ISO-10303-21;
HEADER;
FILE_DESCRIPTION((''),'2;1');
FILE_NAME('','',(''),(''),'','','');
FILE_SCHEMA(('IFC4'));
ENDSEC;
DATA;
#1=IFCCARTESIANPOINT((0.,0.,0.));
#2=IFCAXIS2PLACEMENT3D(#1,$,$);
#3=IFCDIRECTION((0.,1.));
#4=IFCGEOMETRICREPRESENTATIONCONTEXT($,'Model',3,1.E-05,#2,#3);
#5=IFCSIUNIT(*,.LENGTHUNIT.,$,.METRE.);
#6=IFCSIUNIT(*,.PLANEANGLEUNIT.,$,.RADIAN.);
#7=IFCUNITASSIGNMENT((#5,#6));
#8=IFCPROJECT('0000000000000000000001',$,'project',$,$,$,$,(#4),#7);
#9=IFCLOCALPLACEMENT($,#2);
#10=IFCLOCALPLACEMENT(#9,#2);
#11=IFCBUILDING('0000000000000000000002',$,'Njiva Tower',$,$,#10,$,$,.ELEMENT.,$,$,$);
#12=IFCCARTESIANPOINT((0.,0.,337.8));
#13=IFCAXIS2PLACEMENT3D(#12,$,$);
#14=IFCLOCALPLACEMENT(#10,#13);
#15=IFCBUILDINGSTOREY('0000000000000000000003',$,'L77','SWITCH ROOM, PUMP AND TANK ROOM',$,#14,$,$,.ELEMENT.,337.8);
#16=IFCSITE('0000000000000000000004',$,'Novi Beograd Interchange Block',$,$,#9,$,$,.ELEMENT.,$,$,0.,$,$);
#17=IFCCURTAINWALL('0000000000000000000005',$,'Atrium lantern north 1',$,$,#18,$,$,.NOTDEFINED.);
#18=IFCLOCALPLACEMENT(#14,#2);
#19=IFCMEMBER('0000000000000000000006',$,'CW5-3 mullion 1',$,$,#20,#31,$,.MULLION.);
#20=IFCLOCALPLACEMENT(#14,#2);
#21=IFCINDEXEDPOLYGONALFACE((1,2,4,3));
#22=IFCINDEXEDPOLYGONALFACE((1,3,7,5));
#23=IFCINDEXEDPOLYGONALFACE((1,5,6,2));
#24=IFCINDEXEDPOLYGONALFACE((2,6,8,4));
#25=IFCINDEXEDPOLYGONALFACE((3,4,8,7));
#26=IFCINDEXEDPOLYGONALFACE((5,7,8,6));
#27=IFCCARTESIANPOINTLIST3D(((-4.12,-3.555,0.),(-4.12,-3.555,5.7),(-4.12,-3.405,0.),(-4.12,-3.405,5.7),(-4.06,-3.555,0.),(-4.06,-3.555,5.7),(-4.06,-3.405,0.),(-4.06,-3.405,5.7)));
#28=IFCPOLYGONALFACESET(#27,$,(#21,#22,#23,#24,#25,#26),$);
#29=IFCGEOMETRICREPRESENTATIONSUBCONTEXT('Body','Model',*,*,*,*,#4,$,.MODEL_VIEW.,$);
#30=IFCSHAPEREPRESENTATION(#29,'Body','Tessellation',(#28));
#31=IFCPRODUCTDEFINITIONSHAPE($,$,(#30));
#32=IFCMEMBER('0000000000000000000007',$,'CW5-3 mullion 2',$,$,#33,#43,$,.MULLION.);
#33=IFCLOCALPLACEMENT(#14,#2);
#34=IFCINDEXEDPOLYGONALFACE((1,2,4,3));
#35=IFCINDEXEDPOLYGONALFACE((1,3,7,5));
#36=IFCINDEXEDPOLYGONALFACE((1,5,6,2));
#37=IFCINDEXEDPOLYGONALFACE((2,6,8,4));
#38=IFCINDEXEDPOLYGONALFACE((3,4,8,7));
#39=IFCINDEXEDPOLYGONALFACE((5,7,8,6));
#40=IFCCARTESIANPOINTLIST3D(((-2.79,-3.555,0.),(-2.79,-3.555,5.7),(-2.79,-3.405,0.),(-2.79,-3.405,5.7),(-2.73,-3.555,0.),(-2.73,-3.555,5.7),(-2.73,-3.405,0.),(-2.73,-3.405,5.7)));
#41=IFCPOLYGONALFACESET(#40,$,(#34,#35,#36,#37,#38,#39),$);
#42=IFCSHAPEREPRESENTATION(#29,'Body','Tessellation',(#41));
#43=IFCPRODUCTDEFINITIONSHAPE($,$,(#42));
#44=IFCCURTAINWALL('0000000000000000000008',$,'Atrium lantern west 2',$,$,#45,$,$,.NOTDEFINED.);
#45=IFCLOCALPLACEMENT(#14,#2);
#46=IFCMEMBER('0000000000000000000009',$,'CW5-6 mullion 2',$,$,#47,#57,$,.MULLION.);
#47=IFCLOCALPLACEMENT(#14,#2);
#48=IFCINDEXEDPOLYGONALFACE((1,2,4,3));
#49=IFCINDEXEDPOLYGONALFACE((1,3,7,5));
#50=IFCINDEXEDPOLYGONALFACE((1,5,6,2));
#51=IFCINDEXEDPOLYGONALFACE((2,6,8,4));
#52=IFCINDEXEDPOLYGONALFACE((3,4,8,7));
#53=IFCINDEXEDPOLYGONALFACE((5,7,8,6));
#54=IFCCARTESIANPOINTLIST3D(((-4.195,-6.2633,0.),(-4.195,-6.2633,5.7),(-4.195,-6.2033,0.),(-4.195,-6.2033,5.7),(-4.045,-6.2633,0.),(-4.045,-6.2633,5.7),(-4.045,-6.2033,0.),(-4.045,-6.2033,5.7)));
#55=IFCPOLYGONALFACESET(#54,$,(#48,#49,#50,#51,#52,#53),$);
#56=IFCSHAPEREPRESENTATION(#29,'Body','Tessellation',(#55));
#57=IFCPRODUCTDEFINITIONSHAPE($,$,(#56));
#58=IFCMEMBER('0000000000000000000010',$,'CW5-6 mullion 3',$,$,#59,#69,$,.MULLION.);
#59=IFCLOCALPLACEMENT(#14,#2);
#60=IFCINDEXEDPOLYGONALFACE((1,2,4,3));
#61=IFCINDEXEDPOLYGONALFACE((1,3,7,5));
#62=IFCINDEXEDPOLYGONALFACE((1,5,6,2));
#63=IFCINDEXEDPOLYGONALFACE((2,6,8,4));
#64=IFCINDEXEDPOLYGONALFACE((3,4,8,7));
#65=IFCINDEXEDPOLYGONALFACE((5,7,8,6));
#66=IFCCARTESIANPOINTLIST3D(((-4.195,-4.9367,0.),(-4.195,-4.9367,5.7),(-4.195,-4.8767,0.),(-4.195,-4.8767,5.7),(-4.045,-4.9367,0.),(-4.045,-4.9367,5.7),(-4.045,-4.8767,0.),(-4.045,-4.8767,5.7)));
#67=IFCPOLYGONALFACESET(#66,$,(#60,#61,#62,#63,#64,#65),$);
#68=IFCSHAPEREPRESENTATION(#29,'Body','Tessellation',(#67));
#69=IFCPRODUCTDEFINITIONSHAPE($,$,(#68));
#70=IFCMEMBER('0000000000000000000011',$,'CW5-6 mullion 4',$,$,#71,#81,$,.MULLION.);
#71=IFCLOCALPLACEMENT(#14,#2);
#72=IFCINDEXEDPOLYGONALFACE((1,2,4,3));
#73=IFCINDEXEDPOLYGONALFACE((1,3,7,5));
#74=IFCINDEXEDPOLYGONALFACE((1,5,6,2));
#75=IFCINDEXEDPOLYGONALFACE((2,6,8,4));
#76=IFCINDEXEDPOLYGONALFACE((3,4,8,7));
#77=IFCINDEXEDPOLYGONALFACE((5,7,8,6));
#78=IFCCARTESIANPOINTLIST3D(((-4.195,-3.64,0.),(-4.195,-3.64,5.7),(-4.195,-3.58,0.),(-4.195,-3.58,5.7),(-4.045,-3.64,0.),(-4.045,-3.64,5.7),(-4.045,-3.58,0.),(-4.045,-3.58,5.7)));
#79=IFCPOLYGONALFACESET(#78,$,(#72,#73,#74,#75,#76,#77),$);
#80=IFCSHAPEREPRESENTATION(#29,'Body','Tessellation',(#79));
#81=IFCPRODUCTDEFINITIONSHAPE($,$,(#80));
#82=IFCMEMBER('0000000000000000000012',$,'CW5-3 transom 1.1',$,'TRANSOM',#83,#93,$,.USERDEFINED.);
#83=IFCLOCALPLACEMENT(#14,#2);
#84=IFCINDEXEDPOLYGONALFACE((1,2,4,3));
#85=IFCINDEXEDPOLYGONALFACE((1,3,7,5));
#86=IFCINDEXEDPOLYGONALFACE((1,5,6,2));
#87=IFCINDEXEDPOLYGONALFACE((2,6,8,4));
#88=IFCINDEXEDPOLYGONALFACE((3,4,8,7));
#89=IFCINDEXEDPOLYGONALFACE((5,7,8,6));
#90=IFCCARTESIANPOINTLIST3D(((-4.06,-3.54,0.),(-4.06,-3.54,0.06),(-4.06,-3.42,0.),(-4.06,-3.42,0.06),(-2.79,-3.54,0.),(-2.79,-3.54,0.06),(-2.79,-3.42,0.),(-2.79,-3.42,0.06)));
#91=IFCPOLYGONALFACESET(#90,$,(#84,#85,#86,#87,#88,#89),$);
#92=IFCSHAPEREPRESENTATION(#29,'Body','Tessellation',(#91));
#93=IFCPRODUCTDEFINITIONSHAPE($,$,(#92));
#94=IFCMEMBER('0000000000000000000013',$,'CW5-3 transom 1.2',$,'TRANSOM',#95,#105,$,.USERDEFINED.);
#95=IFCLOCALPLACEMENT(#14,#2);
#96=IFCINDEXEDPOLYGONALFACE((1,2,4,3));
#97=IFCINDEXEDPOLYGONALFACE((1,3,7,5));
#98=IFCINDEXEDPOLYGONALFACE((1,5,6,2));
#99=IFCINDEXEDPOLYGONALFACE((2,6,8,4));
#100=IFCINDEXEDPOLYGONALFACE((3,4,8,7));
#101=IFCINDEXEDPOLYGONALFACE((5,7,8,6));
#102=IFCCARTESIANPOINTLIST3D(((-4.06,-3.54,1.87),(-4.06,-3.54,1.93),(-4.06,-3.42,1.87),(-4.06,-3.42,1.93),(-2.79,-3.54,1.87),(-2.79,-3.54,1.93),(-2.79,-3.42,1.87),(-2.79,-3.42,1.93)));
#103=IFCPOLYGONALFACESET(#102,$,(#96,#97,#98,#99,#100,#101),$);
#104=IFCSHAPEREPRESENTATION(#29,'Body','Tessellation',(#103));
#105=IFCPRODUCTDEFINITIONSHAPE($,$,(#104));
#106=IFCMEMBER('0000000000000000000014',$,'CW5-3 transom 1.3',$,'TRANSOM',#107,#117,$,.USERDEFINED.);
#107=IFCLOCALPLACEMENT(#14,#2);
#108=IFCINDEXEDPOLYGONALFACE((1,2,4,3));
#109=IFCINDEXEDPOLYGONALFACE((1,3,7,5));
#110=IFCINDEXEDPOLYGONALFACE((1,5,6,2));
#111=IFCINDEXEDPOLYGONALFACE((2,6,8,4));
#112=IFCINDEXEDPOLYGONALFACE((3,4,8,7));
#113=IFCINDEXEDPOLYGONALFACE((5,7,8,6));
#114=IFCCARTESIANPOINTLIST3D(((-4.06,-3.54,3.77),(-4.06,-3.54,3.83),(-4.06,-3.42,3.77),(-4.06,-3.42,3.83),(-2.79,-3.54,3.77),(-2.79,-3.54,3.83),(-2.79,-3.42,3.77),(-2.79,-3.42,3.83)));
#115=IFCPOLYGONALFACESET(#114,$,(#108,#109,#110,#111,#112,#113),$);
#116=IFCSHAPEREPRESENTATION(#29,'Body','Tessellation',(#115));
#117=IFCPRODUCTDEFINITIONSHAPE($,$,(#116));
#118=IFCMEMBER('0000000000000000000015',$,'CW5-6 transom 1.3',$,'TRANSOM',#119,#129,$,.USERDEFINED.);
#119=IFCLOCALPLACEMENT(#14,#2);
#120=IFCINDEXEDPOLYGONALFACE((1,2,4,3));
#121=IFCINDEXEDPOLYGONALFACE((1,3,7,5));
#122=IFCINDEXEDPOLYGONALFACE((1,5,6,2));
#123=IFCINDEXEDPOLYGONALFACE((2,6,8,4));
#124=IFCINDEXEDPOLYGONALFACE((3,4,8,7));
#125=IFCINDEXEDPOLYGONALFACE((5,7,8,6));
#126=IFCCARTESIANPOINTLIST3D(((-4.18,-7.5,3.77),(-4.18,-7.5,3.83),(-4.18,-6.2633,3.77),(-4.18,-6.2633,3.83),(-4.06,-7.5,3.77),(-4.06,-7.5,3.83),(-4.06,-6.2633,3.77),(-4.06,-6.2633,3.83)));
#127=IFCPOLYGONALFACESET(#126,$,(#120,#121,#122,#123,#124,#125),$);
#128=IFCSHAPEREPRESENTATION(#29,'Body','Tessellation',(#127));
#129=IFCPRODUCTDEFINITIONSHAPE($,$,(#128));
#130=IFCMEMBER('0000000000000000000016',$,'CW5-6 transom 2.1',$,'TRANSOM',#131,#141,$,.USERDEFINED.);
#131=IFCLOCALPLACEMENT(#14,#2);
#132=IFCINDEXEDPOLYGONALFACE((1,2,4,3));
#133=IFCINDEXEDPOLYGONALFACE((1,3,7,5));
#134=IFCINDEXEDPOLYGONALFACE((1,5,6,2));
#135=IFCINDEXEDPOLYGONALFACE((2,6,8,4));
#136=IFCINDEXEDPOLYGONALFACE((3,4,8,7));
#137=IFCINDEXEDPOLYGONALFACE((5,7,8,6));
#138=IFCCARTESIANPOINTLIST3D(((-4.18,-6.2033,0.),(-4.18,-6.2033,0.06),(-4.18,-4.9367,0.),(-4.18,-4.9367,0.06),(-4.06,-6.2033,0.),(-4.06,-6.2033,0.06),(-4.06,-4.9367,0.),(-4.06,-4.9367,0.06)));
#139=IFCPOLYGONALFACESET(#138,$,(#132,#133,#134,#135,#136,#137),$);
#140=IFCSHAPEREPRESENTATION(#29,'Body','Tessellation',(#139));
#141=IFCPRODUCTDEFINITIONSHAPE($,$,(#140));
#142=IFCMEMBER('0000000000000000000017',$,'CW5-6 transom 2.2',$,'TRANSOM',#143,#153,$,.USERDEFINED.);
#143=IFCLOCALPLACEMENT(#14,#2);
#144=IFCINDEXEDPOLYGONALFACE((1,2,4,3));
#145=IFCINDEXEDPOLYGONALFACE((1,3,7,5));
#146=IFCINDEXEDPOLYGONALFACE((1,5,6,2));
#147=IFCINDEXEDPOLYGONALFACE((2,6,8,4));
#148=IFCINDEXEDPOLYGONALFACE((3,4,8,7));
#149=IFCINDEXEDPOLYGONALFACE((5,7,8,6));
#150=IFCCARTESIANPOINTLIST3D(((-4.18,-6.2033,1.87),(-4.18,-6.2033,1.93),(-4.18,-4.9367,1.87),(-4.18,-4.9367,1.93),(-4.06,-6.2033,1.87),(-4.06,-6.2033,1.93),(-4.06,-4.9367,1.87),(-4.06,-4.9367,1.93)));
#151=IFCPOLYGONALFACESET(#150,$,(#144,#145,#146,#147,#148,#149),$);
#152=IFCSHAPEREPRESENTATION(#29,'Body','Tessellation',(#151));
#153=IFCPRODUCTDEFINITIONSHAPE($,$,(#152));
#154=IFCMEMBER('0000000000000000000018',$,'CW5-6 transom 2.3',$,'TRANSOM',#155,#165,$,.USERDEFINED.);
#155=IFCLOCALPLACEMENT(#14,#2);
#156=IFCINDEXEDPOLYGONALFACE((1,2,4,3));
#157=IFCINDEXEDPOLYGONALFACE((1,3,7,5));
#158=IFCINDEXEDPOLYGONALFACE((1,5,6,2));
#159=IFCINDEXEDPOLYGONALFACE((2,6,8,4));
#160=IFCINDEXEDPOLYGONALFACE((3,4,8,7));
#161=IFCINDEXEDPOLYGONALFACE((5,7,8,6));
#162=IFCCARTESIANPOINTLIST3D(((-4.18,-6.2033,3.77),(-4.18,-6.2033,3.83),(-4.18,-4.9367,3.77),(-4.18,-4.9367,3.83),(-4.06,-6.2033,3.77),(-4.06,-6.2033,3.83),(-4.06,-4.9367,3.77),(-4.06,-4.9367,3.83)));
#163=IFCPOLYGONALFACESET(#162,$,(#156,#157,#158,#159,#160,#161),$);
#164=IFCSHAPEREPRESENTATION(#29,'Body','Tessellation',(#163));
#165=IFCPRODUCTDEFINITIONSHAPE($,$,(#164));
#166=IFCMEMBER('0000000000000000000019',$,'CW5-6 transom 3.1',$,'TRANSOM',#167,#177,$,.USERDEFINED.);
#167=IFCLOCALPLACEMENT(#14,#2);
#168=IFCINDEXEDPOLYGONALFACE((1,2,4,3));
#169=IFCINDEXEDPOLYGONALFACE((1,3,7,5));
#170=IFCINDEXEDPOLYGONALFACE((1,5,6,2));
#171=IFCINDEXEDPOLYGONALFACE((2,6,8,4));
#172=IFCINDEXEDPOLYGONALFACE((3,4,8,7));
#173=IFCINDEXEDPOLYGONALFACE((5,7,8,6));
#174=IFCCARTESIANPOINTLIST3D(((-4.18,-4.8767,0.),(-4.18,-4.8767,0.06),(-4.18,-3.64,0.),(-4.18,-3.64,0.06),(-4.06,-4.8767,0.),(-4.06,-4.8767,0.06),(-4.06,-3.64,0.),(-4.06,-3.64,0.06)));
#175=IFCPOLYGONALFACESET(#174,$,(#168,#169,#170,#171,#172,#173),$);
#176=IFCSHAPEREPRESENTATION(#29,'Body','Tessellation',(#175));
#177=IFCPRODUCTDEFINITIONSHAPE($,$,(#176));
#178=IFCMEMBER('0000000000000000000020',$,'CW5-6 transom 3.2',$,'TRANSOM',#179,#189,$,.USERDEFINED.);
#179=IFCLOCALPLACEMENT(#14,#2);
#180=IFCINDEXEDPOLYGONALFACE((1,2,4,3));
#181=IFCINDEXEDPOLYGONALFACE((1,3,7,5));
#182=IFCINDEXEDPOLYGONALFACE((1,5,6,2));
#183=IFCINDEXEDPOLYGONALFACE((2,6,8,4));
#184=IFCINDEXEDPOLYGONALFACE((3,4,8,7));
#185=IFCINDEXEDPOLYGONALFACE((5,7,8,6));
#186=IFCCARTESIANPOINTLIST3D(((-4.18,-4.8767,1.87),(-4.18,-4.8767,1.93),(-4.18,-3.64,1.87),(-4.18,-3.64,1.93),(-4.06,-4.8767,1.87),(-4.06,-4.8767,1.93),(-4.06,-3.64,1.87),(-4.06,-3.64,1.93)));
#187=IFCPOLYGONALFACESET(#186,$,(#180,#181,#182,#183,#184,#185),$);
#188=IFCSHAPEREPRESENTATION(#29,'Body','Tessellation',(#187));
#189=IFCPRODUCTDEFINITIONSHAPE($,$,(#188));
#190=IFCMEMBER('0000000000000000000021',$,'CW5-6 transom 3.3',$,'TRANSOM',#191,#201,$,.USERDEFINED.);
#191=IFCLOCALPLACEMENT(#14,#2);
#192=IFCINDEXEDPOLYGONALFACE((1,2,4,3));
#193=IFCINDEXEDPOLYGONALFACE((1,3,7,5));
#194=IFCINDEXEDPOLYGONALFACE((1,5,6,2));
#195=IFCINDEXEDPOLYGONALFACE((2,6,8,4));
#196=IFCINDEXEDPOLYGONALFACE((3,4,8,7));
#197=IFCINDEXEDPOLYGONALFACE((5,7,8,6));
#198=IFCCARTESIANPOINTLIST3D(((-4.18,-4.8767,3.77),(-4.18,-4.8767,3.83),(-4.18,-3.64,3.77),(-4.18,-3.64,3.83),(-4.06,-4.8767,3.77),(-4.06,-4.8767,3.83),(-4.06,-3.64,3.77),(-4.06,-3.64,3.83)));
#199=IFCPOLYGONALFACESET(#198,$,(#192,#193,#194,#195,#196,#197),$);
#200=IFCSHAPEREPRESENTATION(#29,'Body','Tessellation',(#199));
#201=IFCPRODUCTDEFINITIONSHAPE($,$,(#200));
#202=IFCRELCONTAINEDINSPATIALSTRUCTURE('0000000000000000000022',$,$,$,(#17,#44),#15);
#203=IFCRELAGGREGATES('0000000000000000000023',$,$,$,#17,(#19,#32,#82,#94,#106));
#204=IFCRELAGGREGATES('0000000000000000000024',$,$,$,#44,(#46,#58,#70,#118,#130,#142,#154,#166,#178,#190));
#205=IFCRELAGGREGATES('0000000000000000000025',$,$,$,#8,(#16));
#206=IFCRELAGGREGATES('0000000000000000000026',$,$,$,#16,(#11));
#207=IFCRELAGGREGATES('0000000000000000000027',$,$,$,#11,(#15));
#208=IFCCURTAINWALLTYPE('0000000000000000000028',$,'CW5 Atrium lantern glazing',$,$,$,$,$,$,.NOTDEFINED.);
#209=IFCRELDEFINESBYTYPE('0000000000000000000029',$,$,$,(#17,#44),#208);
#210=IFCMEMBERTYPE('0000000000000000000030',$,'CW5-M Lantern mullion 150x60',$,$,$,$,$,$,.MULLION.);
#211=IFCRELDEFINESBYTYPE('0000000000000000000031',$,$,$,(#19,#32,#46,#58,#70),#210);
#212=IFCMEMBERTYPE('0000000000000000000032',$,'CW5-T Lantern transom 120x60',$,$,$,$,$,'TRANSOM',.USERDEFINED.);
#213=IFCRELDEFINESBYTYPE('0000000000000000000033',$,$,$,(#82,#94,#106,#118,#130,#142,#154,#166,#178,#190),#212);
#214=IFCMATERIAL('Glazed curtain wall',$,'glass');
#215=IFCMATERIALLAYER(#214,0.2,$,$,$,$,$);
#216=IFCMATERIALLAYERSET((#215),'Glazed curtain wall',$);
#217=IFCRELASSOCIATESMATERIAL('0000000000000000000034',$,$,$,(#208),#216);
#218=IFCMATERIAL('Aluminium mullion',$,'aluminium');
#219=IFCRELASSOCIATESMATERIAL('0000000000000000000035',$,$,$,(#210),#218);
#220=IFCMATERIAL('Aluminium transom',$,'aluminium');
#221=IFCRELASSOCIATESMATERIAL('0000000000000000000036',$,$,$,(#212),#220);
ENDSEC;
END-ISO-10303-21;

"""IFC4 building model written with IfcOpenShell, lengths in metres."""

from ifc_helpers import new_model, si_unit, direction, frame, origin, origin_2d, place, context, subcontext, project, spatial, rectangle, extrude, material, layer, layer_set, material_profile, profile_set, type_object, element, aggregate, save


model = new_model("IFC4")

# Units and contexts
model_context = context("Model", 3, precision=1e-05, world=origin(), true_north=direction((0.0, 1.0)))
body_context = subcontext(model_context, "Body", "Model", "MODEL_VIEW")
ifc_project = project(units=[si_unit("LENGTHUNIT", "METRE"), si_unit("PLANEANGLEUNIT", "RADIAN")], contexts=[model_context])

# Site, building, storey
site_placement = place(None, origin())
site = spatial("IfcSite", under=ifc_project, at=site_placement, Name="Novi Beograd Interchange Block", CompositionType="ELEMENT", RefElevation=0.0)
building_placement = place(site_placement, origin())
building = spatial("IfcBuilding", under=site, at=building_placement, Name="Njiva Tower", CompositionType="ELEMENT")
storey_placement = place(building_placement, frame((0.0, 0.0, 337.8)))
storey = spatial("IfcBuildingStorey", under=building, at=storey_placement, Name="L77", Description="SWITCH ROOM, PUMP AND TANK ROOM", CompositionType="ELEMENT", Elevation=337.8)

# Curtain walls, members
ifc_material_1 = material(Name="Glazed curtain wall", Category="glass")
ifc_layer_1 = layer(ifc_material_1, 0.2)
ifc_layer_set_1 = layer_set([ifc_layer_1], Name="Glazed curtain wall")
curtain_wall_type = type_object("IfcCurtainWallType", Name="CW5 Atrium lantern glazing", PredefinedType="NOTDEFINED", material=ifc_layer_set_1)
curtain_wall_1_placement = place(storey_placement, origin())
curtain_wall_1 = element("IfcCurtainWall", 1, at=curtain_wall_1_placement, inside=storey, type_object=curtain_wall_type, Name="Atrium lantern north 1", PredefinedType="NOTDEFINED")
ifc_material_2 = material(Name="Aluminium mullion", Category="aluminium")
ifc_material_profile_1 = material_profile(ifc_material_2, rectangle(XDim=0.15, YDim=0.06, at=origin_2d()), Name="RECT 150x60")
ifc_profile_set_1 = profile_set([ifc_material_profile_1], Name="Aluminium mullion")
member_type_1 = type_object("IfcMemberType", Name="CW5-M Lantern mullion 150x60", PredefinedType="MULLION", material=ifc_profile_set_1)
member_1_placement = place(storey_placement, frame((-4.09, -3.48, 0.0), z_axis=(0.0, 0.0, 1.0), x_axis=(0.0, 1.0, 0.0)))
member_1 = element("IfcMember", 2, at=member_1_placement, type_object=member_type_1, Name="CW5-3 mullion 1", PredefinedType="MULLION", context=body_context, shape_type="SweptSolid", body=[
    extrude(rectangle(XDim=0.15, YDim=0.06, at=origin_2d()), origin(), (0.0, 0.0, 1.0), 5.7),
])
member_2_placement = place(storey_placement, frame((-2.76, -3.48, 0.0), z_axis=(0.0, 0.0, 1.0), x_axis=(0.0, 1.0, 0.0)))
member_2 = element("IfcMember", 3, at=member_2_placement, type_object=member_type_1, Name="CW5-3 mullion 2", PredefinedType="MULLION", context=body_context, shape_type="SweptSolid", body=[
    extrude(rectangle(XDim=0.15, YDim=0.06, at=origin_2d()), origin(), (0.0, 0.0, 1.0), 5.7),
])
curtain_wall_2_placement = place(storey_placement, origin())
curtain_wall_2 = element("IfcCurtainWall", 4, at=curtain_wall_2_placement, inside=storey, type_object=curtain_wall_type, Name="Atrium lantern west 2", PredefinedType="NOTDEFINED")
member_3_placement = place(storey_placement, frame((-4.12, -6.2333, 0.0), z_axis=(0.0, 0.0, 1.0), x_axis=(-1.0, 0.0, 0.0)))
member_3 = element("IfcMember", 5, at=member_3_placement, type_object=member_type_1, Name="CW5-6 mullion 2", PredefinedType="MULLION", context=body_context, shape_type="SweptSolid", body=[
    extrude(rectangle(XDim=0.15, YDim=0.06, at=origin_2d()), origin(), (0.0, 0.0, 1.0), 5.7),
])
member_4_placement = place(storey_placement, frame((-4.12, -4.9067, 0.0), z_axis=(0.0, 0.0, 1.0), x_axis=(-1.0, 0.0, 0.0)))
member_4 = element("IfcMember", 6, at=member_4_placement, type_object=member_type_1, Name="CW5-6 mullion 3", PredefinedType="MULLION", context=body_context, shape_type="SweptSolid", body=[
    extrude(rectangle(XDim=0.15, YDim=0.06, at=origin_2d()), origin(), (0.0, 0.0, 1.0), 5.7),
])
member_5_placement = place(storey_placement, frame((-4.12, -3.61, 0.0), z_axis=(0.0, 0.0, 1.0), x_axis=(-1.0, 0.0, 0.0)))
member_5 = element("IfcMember", 7, at=member_5_placement, type_object=member_type_1, Name="CW5-6 mullion 4", PredefinedType="MULLION", context=body_context, shape_type="SweptSolid", body=[
    extrude(rectangle(XDim=0.15, YDim=0.06, at=origin_2d()), origin(), (0.0, 0.0, 1.0), 5.7),
])

# Members
ifc_material_3 = material(Name="Aluminium transom", Category="aluminium")
ifc_material_profile_2 = material_profile(ifc_material_3, rectangle(XDim=0.12, YDim=0.06, at=origin_2d()), Name="RECT 120x60")
ifc_profile_set_2 = profile_set([ifc_material_profile_2], Name="Aluminium transom")
member_type_2 = type_object("IfcMemberType", Name="CW5-T Lantern transom 120x60", ElementType="TRANSOM", PredefinedType="USERDEFINED", material=ifc_profile_set_2)
member_6_placement = place(storey_placement, frame((-4.06, -3.48, 0.03), z_axis=(1.0, 0.0, 0.0), x_axis=(0.0, 1.0, 0.0)))
member_6 = element("IfcMember", 8, at=member_6_placement, type_object=member_type_2, Name="CW5-3 transom 1.1", ObjectType="TRANSOM", PredefinedType="USERDEFINED", context=body_context, shape_type="SweptSolid", body=[
    extrude(rectangle(XDim=0.12, YDim=0.06, at=origin_2d()), origin(), (0.0, 0.0, 1.0), 1.27),
])
member_7_placement = place(storey_placement, frame((-4.06, -3.48, 1.9), z_axis=(1.0, 0.0, 0.0), x_axis=(0.0, 1.0, 0.0)))
member_7 = element("IfcMember", 9, at=member_7_placement, type_object=member_type_2, Name="CW5-3 transom 1.2", ObjectType="TRANSOM", PredefinedType="USERDEFINED", context=body_context, shape_type="SweptSolid", body=[
    extrude(rectangle(XDim=0.12, YDim=0.06, at=origin_2d()), origin(), (0.0, 0.0, 1.0), 1.27),
])
member_8_placement = place(storey_placement, frame((-4.06, -3.48, 3.8), z_axis=(1.0, 0.0, 0.0), x_axis=(0.0, 1.0, 0.0)))
member_8 = element("IfcMember", 10, at=member_8_placement, type_object=member_type_2, Name="CW5-3 transom 1.3", ObjectType="TRANSOM", PredefinedType="USERDEFINED", context=body_context, shape_type="SweptSolid", body=[
    extrude(rectangle(XDim=0.12, YDim=0.06, at=origin_2d()), origin(), (0.0, 0.0, 1.0), 1.27),
])
member_9_placement = place(storey_placement, frame((-4.12, -7.5, 3.8), z_axis=(0.0, 1.0, 0.0), x_axis=(-1.0, 0.0, 0.0)))
member_9 = element("IfcMember", 11, at=member_9_placement, type_object=member_type_2, Name="CW5-6 transom 1.3", ObjectType="TRANSOM", PredefinedType="USERDEFINED", context=body_context, shape_type="SweptSolid", body=[
    extrude(rectangle(XDim=0.12, YDim=0.06, at=origin_2d()), origin(), (0.0, 0.0, 1.0), 1.2367),
])
member_10_placement = place(storey_placement, frame((-4.12, -6.2033, 0.03), z_axis=(0.0, 1.0, 0.0), x_axis=(-1.0, 0.0, 0.0)))
member_10 = element("IfcMember", 12, at=member_10_placement, type_object=member_type_2, Name="CW5-6 transom 2.1", ObjectType="TRANSOM", PredefinedType="USERDEFINED", context=body_context, shape_type="SweptSolid", body=[
    extrude(rectangle(XDim=0.12, YDim=0.06, at=origin_2d()), origin(), (0.0, 0.0, 1.0), 1.2666),
])
member_11_placement = place(storey_placement, frame((-4.12, -6.2033, 1.9), z_axis=(0.0, 1.0, 0.0), x_axis=(-1.0, 0.0, 0.0)))
member_11 = element("IfcMember", 13, at=member_11_placement, type_object=member_type_2, Name="CW5-6 transom 2.2", ObjectType="TRANSOM", PredefinedType="USERDEFINED", context=body_context, shape_type="SweptSolid", body=[
    extrude(rectangle(XDim=0.12, YDim=0.06, at=origin_2d()), origin(), (0.0, 0.0, 1.0), 1.2666),
])
member_12_placement = place(storey_placement, frame((-4.12, -6.2033, 3.8), z_axis=(0.0, 1.0, 0.0), x_axis=(-1.0, 0.0, 0.0)))
member_12 = element("IfcMember", 14, at=member_12_placement, type_object=member_type_2, Name="CW5-6 transom 2.3", ObjectType="TRANSOM", PredefinedType="USERDEFINED", context=body_context, shape_type="SweptSolid", body=[
    extrude(rectangle(XDim=0.12, YDim=0.06, at=origin_2d()), origin(), (0.0, 0.0, 1.0), 1.2666),
])
member_13_placement = place(storey_placement, frame((-4.12, -4.8767, 0.03), z_axis=(0.0, 1.0, 0.0), x_axis=(-1.0, 0.0, 0.0)))
member_13 = element("IfcMember", 15, at=member_13_placement, type_object=member_type_2, Name="CW5-6 transom 3.1", ObjectType="TRANSOM", PredefinedType="USERDEFINED", context=body_context, shape_type="SweptSolid", body=[
    extrude(rectangle(XDim=0.12, YDim=0.06, at=origin_2d()), origin(), (0.0, 0.0, 1.0), 1.2367),
])
member_14_placement = place(storey_placement, frame((-4.12, -4.8767, 1.9), z_axis=(0.0, 1.0, 0.0), x_axis=(-1.0, 0.0, 0.0)))
member_14 = element("IfcMember", 16, at=member_14_placement, type_object=member_type_2, Name="CW5-6 transom 3.2", ObjectType="TRANSOM", PredefinedType="USERDEFINED", context=body_context, shape_type="SweptSolid", body=[
    extrude(rectangle(XDim=0.12, YDim=0.06, at=origin_2d()), origin(), (0.0, 0.0, 1.0), 1.2367),
])
member_15_placement = place(storey_placement, frame((-4.12, -4.8767, 3.8), z_axis=(0.0, 1.0, 0.0), x_axis=(-1.0, 0.0, 0.0)))
member_15 = element("IfcMember", 17, at=member_15_placement, type_object=member_type_2, Name="CW5-6 transom 3.3", ObjectType="TRANSOM", PredefinedType="USERDEFINED", context=body_context, shape_type="SweptSolid", body=[
    extrude(rectangle(XDim=0.12, YDim=0.06, at=origin_2d()), origin(), (0.0, 0.0, 1.0), 1.2367),
])

aggregate(curtain_wall_1, [member_1, member_2, member_6, member_7, member_8])
aggregate(curtain_wall_2, [member_3, member_4, member_5, member_9, member_10, member_11, member_12, member_13, member_14, member_15])

save(model, "model.ifc")
